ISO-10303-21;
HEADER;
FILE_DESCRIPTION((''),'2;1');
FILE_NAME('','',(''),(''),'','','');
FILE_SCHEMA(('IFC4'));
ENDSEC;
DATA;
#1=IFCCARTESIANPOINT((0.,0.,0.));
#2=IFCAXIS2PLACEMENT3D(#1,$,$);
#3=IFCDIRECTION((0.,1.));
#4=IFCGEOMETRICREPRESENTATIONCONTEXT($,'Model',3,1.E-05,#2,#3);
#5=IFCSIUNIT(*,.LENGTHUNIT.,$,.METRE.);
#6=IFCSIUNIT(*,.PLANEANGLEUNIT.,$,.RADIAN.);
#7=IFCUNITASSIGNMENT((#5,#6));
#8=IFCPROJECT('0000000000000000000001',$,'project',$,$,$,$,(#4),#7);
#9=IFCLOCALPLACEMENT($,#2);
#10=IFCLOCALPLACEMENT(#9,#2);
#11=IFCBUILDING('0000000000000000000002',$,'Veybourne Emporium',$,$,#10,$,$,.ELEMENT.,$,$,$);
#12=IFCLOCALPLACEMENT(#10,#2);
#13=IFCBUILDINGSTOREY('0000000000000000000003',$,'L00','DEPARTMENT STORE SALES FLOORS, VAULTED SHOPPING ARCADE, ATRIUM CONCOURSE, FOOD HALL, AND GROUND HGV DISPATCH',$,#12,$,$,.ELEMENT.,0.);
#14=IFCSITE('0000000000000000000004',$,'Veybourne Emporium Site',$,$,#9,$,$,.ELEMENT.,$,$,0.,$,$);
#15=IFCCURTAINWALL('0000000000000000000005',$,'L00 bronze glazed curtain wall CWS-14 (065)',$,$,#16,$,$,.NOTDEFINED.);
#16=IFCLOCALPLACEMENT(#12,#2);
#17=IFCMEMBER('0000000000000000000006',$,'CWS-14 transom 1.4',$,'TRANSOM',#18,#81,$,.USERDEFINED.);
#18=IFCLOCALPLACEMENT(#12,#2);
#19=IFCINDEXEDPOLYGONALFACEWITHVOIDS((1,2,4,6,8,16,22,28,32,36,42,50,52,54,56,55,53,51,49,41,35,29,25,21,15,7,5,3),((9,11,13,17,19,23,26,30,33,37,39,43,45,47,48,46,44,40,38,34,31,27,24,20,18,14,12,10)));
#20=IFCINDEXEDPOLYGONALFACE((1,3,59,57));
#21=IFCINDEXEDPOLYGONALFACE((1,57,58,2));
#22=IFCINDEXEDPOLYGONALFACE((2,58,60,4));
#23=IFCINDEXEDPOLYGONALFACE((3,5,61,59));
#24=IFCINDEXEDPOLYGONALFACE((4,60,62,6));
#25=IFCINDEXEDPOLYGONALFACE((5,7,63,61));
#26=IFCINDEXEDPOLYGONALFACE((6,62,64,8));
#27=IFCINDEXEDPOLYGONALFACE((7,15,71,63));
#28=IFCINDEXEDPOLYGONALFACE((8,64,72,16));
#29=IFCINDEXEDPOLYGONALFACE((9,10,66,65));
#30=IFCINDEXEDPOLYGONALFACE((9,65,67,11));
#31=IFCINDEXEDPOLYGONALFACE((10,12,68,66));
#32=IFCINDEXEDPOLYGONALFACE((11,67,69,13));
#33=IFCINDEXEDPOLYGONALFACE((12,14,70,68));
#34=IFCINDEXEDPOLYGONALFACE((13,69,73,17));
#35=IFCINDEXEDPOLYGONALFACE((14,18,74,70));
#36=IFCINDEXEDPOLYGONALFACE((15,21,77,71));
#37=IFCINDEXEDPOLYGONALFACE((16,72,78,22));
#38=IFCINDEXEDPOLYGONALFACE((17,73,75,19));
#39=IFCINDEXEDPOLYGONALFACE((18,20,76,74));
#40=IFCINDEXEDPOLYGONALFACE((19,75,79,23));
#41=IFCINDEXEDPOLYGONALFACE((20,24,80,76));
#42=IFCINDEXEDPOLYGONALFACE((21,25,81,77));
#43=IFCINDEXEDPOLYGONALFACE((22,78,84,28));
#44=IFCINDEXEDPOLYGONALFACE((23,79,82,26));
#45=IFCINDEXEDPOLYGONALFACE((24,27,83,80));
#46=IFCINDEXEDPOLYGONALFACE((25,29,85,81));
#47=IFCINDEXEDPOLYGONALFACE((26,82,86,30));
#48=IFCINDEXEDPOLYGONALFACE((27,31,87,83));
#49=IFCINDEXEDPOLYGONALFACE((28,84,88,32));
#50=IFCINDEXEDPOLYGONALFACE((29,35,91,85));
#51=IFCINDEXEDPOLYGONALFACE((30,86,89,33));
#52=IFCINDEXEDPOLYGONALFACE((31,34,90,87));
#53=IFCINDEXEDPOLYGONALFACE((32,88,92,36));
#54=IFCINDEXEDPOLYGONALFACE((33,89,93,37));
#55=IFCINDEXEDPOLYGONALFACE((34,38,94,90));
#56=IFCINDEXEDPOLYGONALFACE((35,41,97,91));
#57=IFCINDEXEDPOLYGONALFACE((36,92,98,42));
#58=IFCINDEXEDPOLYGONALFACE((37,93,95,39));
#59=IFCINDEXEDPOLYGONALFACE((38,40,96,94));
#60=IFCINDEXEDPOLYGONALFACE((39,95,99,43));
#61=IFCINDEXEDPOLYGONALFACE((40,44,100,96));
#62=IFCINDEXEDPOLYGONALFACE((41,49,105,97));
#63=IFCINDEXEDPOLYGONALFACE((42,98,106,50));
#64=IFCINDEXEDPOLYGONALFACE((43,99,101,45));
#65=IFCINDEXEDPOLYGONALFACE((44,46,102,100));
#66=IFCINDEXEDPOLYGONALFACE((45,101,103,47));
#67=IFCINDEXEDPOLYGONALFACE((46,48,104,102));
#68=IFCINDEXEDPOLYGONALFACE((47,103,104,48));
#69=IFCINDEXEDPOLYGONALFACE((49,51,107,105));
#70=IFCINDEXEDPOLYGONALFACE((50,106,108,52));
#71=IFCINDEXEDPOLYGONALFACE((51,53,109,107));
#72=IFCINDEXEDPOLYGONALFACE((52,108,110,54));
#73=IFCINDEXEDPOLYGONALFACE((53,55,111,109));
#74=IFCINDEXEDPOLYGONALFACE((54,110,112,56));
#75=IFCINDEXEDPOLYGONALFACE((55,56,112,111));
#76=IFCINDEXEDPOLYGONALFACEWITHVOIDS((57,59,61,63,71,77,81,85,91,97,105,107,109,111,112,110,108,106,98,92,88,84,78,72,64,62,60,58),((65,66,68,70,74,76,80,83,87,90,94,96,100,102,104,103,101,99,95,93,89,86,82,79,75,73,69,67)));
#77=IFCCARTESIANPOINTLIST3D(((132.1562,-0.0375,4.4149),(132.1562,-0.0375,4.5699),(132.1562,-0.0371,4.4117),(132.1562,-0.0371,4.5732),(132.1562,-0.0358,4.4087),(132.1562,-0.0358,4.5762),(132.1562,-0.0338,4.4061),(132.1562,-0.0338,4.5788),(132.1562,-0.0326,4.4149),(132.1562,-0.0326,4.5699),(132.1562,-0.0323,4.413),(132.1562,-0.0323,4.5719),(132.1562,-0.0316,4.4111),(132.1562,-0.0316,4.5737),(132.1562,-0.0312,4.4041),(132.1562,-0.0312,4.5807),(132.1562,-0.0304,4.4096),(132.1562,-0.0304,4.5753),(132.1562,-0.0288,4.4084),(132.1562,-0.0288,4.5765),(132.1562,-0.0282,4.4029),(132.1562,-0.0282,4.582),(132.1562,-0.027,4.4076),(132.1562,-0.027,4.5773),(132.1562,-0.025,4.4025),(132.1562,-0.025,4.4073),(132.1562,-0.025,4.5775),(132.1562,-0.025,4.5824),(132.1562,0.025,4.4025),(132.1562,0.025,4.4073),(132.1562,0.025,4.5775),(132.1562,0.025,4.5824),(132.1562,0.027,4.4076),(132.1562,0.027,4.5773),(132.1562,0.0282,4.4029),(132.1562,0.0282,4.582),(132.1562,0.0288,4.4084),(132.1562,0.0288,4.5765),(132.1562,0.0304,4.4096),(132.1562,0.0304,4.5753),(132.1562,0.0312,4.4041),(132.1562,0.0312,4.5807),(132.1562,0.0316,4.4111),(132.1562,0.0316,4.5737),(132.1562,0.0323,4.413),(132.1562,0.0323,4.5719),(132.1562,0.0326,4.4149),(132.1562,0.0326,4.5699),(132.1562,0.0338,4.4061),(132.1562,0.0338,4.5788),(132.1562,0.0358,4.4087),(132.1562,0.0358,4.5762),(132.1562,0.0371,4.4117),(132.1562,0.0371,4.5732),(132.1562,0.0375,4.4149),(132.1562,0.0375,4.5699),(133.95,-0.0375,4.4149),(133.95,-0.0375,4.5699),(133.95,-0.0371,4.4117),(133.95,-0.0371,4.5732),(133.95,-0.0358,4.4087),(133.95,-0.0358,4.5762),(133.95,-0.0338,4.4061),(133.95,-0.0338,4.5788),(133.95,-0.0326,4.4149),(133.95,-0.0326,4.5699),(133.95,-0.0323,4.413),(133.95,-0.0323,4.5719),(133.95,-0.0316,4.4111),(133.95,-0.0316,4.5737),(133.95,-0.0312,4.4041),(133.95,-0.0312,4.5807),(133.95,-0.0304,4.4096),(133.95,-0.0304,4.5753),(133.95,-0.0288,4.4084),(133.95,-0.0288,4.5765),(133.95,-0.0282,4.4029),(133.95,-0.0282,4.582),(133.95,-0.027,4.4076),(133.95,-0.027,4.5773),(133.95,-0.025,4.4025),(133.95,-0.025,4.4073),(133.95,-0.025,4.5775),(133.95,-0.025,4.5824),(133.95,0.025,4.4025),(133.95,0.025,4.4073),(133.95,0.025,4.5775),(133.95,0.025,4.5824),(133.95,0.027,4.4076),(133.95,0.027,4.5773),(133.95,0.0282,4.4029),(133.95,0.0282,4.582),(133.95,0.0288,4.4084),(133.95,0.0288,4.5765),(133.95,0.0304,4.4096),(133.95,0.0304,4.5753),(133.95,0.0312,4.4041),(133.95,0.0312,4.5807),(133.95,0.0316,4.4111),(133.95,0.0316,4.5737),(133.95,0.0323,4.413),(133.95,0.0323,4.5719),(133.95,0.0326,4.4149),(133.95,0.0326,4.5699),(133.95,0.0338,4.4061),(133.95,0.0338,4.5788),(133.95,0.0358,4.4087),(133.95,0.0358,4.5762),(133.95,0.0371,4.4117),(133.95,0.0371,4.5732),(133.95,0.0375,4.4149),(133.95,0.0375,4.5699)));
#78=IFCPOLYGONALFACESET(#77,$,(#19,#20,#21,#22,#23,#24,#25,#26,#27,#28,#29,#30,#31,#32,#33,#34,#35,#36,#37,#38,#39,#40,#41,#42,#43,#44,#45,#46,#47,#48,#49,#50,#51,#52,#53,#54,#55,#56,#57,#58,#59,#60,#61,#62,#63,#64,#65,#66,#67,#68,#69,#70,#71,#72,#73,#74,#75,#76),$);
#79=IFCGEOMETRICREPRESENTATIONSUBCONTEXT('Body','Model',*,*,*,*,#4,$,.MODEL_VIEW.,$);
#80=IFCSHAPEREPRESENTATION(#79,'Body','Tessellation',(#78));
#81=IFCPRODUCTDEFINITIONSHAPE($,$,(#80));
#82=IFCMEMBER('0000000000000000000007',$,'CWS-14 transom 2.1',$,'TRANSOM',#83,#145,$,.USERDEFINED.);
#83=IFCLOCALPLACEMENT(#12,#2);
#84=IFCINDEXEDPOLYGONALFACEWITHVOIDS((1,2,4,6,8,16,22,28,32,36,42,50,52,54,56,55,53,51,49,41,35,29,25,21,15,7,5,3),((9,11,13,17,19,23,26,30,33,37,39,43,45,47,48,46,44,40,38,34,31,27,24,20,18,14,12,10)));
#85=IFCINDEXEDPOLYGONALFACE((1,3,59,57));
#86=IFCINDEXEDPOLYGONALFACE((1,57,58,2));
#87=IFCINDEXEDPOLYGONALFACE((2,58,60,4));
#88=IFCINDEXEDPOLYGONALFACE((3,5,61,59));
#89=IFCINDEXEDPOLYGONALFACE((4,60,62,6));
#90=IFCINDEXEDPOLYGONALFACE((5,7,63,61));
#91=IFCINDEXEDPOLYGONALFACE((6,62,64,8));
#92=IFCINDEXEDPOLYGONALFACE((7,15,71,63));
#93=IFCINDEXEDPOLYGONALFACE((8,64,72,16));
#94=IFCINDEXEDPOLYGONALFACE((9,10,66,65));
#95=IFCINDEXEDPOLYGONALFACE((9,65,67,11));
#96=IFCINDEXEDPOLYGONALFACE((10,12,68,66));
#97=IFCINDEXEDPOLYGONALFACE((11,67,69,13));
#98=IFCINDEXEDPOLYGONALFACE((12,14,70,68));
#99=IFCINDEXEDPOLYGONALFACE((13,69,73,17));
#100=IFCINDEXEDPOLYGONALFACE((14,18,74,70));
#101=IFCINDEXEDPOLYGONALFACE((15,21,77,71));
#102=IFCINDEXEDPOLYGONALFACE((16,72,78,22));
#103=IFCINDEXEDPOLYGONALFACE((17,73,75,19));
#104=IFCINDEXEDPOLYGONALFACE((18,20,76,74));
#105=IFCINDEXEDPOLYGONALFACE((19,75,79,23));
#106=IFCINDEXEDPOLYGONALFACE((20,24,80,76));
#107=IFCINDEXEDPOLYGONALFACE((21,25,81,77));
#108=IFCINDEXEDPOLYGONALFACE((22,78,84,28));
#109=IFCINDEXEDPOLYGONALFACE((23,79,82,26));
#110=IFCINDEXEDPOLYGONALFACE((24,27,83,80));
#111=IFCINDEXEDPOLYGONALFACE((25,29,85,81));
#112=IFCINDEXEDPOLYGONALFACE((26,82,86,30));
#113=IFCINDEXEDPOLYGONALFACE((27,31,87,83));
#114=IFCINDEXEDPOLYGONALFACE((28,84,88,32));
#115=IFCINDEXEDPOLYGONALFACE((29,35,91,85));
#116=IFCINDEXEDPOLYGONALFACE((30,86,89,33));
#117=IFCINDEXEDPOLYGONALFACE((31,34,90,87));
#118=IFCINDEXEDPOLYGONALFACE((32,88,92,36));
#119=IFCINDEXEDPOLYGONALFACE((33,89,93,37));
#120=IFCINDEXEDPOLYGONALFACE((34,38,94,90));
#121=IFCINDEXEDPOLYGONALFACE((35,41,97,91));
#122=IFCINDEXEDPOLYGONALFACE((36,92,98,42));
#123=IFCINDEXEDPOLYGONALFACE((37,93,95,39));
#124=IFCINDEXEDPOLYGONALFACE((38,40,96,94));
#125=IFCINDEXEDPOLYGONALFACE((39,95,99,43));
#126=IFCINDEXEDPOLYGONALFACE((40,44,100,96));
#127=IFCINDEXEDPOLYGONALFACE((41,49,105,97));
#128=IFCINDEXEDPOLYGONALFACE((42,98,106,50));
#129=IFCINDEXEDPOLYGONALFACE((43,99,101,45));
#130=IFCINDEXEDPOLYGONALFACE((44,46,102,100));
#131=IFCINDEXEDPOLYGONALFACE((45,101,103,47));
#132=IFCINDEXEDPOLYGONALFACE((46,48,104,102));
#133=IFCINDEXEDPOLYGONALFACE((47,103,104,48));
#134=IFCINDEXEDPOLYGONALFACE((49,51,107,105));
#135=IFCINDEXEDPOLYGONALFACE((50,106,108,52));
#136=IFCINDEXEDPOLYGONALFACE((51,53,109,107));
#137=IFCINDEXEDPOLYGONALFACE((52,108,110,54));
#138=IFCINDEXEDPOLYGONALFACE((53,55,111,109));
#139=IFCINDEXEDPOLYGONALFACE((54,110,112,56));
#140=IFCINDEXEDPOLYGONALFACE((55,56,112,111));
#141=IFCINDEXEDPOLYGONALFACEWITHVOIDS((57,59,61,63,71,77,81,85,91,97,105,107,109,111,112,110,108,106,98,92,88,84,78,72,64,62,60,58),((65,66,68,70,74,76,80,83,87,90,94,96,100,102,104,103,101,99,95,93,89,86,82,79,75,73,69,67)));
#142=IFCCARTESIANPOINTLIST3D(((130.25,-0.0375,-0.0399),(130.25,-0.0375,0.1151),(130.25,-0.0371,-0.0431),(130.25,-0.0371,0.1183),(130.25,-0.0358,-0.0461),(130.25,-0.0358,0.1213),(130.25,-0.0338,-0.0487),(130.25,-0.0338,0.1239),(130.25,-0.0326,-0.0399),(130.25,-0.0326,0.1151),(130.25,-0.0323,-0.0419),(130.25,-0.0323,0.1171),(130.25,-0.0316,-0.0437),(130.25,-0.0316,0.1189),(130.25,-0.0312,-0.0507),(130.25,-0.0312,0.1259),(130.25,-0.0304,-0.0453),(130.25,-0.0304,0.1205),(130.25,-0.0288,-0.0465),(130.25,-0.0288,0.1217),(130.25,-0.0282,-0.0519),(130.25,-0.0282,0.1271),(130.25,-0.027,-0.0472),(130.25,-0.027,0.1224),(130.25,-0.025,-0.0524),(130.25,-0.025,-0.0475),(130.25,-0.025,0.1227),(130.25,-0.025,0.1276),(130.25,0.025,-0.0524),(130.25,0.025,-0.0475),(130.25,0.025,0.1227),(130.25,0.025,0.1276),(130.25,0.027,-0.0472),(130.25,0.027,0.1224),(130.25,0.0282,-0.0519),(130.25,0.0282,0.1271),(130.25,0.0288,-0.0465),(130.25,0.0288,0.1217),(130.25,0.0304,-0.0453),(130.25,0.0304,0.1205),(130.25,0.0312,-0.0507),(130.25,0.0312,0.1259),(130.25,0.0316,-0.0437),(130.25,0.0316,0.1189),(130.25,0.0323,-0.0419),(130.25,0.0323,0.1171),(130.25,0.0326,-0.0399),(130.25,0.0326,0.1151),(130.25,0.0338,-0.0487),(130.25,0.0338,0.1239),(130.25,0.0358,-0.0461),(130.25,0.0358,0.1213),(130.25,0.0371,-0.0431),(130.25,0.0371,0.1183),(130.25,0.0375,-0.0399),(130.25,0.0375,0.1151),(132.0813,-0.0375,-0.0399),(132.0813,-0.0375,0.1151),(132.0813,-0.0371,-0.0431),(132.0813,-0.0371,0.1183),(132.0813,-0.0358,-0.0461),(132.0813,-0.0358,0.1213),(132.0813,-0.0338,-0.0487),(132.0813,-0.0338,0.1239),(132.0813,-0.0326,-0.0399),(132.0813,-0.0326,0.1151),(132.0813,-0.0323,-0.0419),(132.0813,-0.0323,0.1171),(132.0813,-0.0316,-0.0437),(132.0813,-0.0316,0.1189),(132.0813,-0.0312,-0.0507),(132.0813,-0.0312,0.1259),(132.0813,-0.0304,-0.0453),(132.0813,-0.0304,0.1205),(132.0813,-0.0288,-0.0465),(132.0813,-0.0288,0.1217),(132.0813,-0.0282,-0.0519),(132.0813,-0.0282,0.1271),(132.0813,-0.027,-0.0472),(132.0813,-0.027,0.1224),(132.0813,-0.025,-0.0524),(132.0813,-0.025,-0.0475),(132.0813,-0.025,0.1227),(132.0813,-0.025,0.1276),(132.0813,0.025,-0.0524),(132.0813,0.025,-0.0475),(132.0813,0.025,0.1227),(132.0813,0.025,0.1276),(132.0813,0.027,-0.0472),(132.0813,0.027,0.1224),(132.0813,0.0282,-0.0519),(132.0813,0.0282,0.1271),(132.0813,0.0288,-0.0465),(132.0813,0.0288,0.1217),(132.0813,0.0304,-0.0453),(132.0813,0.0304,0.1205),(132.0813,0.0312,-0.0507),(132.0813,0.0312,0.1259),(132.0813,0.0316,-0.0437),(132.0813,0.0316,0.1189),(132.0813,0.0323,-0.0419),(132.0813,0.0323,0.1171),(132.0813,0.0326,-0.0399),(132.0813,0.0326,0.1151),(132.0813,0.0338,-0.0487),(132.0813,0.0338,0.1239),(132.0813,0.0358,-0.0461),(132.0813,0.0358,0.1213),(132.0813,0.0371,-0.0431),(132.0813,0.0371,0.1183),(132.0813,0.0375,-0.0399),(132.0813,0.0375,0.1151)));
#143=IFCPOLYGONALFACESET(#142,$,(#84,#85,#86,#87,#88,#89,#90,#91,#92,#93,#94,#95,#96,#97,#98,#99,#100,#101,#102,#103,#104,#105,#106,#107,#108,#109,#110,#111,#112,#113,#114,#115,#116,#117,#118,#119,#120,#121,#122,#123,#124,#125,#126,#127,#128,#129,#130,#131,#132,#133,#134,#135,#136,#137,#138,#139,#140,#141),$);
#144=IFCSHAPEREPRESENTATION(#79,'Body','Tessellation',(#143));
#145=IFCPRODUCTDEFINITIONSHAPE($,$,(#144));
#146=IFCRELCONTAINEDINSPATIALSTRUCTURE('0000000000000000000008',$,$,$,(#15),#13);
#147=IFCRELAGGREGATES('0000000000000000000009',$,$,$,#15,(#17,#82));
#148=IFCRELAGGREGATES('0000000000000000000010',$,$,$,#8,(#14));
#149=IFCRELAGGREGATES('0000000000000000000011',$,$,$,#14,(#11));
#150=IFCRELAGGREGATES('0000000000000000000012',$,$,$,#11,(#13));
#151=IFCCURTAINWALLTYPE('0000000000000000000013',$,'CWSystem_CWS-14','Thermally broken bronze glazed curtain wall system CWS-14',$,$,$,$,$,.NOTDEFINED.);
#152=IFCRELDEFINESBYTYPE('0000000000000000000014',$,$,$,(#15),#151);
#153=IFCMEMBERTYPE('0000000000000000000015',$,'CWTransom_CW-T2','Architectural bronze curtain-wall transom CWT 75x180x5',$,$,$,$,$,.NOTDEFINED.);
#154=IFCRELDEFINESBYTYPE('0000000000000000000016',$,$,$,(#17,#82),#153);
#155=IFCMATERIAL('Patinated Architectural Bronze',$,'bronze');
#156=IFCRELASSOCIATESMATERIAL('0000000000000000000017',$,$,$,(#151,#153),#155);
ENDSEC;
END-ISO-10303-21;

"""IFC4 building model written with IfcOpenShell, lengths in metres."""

from ifc_helpers import new_model, si_unit, direction, frame, origin, origin_2d, place, context, subcontext, project, spatial, hollow_rectangle, extrude, material, material_profile, profile_set, type_object, element, aggregate, save


model = new_model("IFC4")

# Units and contexts
model_context = context("Model", 3, precision=1e-05, world=origin(), true_north=direction((0.0, 1.0)))
body_context = subcontext(model_context, "Body", "Model", "MODEL_VIEW")
ifc_project = project(units=[si_unit("LENGTHUNIT", "METRE"), si_unit("PLANEANGLEUNIT", "RADIAN")], contexts=[model_context])

# Site, building, storey
site_placement = place(None, origin())
site = spatial("IfcSite", under=ifc_project, at=site_placement, Name="Veybourne Emporium Site", CompositionType="ELEMENT", RefElevation=0.0)
building_placement = place(site_placement, origin())
building = spatial("IfcBuilding", under=site, at=building_placement, Name="Veybourne Emporium", CompositionType="ELEMENT")
storey_placement = place(building_placement, origin())
storey = spatial("IfcBuildingStorey", under=building, at=storey_placement, Name="L00", Description="DEPARTMENT STORE SALES FLOORS, VAULTED SHOPPING ARCADE, ATRIUM CONCOURSE, FOOD HALL, AND GROUND HGV DISPATCH", CompositionType="ELEMENT", Elevation=0.0)

# Curtain wall, members
ifc_material_1 = material(Name="Patinated Architectural Bronze", Category="bronze")
curtain_wall_type = type_object("IfcCurtainWallType", Name="CWSystem_CWS-14", Description="Thermally broken bronze glazed curtain wall system CWS-14", PredefinedType="NOTDEFINED", material=ifc_material_1)
curtain_wall_placement = place(storey_placement, origin())
curtain_wall = element("IfcCurtainWall", 1, at=curtain_wall_placement, inside=storey, type_object=curtain_wall_type, Name="L00 bronze glazed curtain wall CWS-14 (065)", PredefinedType="NOTDEFINED")
ifc_material_profile_1 = material_profile(ifc_material_1, hollow_rectangle(XDim=0.075, YDim=0.1799, WallThickness=0.0049, InnerFilletRadius=0.0076, OuterFilletRadius=0.0125, at=origin_2d()), Name="CWT 75x180x5")
ifc_profile_set_1 = profile_set([ifc_material_profile_1], Name="Patinated Architectural Bronze")
member_type_1 = type_object("IfcMemberType", Name="CWTransom_CW-T2", Description="Architectural bronze curtain-wall transom CWT 75x180x5", PredefinedType="NOTDEFINED", material=ifc_profile_set_1)
member_1_placement = place(storey_placement, frame((133.95, 0.0, 4.4924), z_axis=(-1.0, 0.0, 0.0), x_axis=(0.0, -1.0, 0.0)))
member_1 = element("IfcMember", 2, at=member_1_placement, type_object=member_type_1, Name="CWS-14 transom 1.4", ObjectType="TRANSOM", PredefinedType="USERDEFINED", context=body_context, shape_type="SweptSolid", body=[
    extrude(hollow_rectangle(XDim=0.075, YDim=0.1799, WallThickness=0.0049, InnerFilletRadius=0.0076, OuterFilletRadius=0.0125, at=origin_2d()), origin(), (0.0, 0.0, 1.0), 1.7937),
])
member_2_placement = place(storey_placement, frame((132.0813, 0.0, 0.0376), z_axis=(-1.0, 0.0, 0.0), x_axis=(0.0, -1.0, 0.0)))
member_2 = element("IfcMember", 3, at=member_2_placement, type_object=member_type_1, Name="CWS-14 transom 2.1", ObjectType="TRANSOM", PredefinedType="USERDEFINED", context=body_context, shape_type="SweptSolid", body=[
    extrude(hollow_rectangle(XDim=0.075, YDim=0.1799, WallThickness=0.0049, InnerFilletRadius=0.0076, OuterFilletRadius=0.0125, at=origin_2d()), origin(), (0.0, 0.0, 1.0), 1.8313),
])

aggregate(curtain_wall, [member_1, member_2])

save(model, "model.ifc")
